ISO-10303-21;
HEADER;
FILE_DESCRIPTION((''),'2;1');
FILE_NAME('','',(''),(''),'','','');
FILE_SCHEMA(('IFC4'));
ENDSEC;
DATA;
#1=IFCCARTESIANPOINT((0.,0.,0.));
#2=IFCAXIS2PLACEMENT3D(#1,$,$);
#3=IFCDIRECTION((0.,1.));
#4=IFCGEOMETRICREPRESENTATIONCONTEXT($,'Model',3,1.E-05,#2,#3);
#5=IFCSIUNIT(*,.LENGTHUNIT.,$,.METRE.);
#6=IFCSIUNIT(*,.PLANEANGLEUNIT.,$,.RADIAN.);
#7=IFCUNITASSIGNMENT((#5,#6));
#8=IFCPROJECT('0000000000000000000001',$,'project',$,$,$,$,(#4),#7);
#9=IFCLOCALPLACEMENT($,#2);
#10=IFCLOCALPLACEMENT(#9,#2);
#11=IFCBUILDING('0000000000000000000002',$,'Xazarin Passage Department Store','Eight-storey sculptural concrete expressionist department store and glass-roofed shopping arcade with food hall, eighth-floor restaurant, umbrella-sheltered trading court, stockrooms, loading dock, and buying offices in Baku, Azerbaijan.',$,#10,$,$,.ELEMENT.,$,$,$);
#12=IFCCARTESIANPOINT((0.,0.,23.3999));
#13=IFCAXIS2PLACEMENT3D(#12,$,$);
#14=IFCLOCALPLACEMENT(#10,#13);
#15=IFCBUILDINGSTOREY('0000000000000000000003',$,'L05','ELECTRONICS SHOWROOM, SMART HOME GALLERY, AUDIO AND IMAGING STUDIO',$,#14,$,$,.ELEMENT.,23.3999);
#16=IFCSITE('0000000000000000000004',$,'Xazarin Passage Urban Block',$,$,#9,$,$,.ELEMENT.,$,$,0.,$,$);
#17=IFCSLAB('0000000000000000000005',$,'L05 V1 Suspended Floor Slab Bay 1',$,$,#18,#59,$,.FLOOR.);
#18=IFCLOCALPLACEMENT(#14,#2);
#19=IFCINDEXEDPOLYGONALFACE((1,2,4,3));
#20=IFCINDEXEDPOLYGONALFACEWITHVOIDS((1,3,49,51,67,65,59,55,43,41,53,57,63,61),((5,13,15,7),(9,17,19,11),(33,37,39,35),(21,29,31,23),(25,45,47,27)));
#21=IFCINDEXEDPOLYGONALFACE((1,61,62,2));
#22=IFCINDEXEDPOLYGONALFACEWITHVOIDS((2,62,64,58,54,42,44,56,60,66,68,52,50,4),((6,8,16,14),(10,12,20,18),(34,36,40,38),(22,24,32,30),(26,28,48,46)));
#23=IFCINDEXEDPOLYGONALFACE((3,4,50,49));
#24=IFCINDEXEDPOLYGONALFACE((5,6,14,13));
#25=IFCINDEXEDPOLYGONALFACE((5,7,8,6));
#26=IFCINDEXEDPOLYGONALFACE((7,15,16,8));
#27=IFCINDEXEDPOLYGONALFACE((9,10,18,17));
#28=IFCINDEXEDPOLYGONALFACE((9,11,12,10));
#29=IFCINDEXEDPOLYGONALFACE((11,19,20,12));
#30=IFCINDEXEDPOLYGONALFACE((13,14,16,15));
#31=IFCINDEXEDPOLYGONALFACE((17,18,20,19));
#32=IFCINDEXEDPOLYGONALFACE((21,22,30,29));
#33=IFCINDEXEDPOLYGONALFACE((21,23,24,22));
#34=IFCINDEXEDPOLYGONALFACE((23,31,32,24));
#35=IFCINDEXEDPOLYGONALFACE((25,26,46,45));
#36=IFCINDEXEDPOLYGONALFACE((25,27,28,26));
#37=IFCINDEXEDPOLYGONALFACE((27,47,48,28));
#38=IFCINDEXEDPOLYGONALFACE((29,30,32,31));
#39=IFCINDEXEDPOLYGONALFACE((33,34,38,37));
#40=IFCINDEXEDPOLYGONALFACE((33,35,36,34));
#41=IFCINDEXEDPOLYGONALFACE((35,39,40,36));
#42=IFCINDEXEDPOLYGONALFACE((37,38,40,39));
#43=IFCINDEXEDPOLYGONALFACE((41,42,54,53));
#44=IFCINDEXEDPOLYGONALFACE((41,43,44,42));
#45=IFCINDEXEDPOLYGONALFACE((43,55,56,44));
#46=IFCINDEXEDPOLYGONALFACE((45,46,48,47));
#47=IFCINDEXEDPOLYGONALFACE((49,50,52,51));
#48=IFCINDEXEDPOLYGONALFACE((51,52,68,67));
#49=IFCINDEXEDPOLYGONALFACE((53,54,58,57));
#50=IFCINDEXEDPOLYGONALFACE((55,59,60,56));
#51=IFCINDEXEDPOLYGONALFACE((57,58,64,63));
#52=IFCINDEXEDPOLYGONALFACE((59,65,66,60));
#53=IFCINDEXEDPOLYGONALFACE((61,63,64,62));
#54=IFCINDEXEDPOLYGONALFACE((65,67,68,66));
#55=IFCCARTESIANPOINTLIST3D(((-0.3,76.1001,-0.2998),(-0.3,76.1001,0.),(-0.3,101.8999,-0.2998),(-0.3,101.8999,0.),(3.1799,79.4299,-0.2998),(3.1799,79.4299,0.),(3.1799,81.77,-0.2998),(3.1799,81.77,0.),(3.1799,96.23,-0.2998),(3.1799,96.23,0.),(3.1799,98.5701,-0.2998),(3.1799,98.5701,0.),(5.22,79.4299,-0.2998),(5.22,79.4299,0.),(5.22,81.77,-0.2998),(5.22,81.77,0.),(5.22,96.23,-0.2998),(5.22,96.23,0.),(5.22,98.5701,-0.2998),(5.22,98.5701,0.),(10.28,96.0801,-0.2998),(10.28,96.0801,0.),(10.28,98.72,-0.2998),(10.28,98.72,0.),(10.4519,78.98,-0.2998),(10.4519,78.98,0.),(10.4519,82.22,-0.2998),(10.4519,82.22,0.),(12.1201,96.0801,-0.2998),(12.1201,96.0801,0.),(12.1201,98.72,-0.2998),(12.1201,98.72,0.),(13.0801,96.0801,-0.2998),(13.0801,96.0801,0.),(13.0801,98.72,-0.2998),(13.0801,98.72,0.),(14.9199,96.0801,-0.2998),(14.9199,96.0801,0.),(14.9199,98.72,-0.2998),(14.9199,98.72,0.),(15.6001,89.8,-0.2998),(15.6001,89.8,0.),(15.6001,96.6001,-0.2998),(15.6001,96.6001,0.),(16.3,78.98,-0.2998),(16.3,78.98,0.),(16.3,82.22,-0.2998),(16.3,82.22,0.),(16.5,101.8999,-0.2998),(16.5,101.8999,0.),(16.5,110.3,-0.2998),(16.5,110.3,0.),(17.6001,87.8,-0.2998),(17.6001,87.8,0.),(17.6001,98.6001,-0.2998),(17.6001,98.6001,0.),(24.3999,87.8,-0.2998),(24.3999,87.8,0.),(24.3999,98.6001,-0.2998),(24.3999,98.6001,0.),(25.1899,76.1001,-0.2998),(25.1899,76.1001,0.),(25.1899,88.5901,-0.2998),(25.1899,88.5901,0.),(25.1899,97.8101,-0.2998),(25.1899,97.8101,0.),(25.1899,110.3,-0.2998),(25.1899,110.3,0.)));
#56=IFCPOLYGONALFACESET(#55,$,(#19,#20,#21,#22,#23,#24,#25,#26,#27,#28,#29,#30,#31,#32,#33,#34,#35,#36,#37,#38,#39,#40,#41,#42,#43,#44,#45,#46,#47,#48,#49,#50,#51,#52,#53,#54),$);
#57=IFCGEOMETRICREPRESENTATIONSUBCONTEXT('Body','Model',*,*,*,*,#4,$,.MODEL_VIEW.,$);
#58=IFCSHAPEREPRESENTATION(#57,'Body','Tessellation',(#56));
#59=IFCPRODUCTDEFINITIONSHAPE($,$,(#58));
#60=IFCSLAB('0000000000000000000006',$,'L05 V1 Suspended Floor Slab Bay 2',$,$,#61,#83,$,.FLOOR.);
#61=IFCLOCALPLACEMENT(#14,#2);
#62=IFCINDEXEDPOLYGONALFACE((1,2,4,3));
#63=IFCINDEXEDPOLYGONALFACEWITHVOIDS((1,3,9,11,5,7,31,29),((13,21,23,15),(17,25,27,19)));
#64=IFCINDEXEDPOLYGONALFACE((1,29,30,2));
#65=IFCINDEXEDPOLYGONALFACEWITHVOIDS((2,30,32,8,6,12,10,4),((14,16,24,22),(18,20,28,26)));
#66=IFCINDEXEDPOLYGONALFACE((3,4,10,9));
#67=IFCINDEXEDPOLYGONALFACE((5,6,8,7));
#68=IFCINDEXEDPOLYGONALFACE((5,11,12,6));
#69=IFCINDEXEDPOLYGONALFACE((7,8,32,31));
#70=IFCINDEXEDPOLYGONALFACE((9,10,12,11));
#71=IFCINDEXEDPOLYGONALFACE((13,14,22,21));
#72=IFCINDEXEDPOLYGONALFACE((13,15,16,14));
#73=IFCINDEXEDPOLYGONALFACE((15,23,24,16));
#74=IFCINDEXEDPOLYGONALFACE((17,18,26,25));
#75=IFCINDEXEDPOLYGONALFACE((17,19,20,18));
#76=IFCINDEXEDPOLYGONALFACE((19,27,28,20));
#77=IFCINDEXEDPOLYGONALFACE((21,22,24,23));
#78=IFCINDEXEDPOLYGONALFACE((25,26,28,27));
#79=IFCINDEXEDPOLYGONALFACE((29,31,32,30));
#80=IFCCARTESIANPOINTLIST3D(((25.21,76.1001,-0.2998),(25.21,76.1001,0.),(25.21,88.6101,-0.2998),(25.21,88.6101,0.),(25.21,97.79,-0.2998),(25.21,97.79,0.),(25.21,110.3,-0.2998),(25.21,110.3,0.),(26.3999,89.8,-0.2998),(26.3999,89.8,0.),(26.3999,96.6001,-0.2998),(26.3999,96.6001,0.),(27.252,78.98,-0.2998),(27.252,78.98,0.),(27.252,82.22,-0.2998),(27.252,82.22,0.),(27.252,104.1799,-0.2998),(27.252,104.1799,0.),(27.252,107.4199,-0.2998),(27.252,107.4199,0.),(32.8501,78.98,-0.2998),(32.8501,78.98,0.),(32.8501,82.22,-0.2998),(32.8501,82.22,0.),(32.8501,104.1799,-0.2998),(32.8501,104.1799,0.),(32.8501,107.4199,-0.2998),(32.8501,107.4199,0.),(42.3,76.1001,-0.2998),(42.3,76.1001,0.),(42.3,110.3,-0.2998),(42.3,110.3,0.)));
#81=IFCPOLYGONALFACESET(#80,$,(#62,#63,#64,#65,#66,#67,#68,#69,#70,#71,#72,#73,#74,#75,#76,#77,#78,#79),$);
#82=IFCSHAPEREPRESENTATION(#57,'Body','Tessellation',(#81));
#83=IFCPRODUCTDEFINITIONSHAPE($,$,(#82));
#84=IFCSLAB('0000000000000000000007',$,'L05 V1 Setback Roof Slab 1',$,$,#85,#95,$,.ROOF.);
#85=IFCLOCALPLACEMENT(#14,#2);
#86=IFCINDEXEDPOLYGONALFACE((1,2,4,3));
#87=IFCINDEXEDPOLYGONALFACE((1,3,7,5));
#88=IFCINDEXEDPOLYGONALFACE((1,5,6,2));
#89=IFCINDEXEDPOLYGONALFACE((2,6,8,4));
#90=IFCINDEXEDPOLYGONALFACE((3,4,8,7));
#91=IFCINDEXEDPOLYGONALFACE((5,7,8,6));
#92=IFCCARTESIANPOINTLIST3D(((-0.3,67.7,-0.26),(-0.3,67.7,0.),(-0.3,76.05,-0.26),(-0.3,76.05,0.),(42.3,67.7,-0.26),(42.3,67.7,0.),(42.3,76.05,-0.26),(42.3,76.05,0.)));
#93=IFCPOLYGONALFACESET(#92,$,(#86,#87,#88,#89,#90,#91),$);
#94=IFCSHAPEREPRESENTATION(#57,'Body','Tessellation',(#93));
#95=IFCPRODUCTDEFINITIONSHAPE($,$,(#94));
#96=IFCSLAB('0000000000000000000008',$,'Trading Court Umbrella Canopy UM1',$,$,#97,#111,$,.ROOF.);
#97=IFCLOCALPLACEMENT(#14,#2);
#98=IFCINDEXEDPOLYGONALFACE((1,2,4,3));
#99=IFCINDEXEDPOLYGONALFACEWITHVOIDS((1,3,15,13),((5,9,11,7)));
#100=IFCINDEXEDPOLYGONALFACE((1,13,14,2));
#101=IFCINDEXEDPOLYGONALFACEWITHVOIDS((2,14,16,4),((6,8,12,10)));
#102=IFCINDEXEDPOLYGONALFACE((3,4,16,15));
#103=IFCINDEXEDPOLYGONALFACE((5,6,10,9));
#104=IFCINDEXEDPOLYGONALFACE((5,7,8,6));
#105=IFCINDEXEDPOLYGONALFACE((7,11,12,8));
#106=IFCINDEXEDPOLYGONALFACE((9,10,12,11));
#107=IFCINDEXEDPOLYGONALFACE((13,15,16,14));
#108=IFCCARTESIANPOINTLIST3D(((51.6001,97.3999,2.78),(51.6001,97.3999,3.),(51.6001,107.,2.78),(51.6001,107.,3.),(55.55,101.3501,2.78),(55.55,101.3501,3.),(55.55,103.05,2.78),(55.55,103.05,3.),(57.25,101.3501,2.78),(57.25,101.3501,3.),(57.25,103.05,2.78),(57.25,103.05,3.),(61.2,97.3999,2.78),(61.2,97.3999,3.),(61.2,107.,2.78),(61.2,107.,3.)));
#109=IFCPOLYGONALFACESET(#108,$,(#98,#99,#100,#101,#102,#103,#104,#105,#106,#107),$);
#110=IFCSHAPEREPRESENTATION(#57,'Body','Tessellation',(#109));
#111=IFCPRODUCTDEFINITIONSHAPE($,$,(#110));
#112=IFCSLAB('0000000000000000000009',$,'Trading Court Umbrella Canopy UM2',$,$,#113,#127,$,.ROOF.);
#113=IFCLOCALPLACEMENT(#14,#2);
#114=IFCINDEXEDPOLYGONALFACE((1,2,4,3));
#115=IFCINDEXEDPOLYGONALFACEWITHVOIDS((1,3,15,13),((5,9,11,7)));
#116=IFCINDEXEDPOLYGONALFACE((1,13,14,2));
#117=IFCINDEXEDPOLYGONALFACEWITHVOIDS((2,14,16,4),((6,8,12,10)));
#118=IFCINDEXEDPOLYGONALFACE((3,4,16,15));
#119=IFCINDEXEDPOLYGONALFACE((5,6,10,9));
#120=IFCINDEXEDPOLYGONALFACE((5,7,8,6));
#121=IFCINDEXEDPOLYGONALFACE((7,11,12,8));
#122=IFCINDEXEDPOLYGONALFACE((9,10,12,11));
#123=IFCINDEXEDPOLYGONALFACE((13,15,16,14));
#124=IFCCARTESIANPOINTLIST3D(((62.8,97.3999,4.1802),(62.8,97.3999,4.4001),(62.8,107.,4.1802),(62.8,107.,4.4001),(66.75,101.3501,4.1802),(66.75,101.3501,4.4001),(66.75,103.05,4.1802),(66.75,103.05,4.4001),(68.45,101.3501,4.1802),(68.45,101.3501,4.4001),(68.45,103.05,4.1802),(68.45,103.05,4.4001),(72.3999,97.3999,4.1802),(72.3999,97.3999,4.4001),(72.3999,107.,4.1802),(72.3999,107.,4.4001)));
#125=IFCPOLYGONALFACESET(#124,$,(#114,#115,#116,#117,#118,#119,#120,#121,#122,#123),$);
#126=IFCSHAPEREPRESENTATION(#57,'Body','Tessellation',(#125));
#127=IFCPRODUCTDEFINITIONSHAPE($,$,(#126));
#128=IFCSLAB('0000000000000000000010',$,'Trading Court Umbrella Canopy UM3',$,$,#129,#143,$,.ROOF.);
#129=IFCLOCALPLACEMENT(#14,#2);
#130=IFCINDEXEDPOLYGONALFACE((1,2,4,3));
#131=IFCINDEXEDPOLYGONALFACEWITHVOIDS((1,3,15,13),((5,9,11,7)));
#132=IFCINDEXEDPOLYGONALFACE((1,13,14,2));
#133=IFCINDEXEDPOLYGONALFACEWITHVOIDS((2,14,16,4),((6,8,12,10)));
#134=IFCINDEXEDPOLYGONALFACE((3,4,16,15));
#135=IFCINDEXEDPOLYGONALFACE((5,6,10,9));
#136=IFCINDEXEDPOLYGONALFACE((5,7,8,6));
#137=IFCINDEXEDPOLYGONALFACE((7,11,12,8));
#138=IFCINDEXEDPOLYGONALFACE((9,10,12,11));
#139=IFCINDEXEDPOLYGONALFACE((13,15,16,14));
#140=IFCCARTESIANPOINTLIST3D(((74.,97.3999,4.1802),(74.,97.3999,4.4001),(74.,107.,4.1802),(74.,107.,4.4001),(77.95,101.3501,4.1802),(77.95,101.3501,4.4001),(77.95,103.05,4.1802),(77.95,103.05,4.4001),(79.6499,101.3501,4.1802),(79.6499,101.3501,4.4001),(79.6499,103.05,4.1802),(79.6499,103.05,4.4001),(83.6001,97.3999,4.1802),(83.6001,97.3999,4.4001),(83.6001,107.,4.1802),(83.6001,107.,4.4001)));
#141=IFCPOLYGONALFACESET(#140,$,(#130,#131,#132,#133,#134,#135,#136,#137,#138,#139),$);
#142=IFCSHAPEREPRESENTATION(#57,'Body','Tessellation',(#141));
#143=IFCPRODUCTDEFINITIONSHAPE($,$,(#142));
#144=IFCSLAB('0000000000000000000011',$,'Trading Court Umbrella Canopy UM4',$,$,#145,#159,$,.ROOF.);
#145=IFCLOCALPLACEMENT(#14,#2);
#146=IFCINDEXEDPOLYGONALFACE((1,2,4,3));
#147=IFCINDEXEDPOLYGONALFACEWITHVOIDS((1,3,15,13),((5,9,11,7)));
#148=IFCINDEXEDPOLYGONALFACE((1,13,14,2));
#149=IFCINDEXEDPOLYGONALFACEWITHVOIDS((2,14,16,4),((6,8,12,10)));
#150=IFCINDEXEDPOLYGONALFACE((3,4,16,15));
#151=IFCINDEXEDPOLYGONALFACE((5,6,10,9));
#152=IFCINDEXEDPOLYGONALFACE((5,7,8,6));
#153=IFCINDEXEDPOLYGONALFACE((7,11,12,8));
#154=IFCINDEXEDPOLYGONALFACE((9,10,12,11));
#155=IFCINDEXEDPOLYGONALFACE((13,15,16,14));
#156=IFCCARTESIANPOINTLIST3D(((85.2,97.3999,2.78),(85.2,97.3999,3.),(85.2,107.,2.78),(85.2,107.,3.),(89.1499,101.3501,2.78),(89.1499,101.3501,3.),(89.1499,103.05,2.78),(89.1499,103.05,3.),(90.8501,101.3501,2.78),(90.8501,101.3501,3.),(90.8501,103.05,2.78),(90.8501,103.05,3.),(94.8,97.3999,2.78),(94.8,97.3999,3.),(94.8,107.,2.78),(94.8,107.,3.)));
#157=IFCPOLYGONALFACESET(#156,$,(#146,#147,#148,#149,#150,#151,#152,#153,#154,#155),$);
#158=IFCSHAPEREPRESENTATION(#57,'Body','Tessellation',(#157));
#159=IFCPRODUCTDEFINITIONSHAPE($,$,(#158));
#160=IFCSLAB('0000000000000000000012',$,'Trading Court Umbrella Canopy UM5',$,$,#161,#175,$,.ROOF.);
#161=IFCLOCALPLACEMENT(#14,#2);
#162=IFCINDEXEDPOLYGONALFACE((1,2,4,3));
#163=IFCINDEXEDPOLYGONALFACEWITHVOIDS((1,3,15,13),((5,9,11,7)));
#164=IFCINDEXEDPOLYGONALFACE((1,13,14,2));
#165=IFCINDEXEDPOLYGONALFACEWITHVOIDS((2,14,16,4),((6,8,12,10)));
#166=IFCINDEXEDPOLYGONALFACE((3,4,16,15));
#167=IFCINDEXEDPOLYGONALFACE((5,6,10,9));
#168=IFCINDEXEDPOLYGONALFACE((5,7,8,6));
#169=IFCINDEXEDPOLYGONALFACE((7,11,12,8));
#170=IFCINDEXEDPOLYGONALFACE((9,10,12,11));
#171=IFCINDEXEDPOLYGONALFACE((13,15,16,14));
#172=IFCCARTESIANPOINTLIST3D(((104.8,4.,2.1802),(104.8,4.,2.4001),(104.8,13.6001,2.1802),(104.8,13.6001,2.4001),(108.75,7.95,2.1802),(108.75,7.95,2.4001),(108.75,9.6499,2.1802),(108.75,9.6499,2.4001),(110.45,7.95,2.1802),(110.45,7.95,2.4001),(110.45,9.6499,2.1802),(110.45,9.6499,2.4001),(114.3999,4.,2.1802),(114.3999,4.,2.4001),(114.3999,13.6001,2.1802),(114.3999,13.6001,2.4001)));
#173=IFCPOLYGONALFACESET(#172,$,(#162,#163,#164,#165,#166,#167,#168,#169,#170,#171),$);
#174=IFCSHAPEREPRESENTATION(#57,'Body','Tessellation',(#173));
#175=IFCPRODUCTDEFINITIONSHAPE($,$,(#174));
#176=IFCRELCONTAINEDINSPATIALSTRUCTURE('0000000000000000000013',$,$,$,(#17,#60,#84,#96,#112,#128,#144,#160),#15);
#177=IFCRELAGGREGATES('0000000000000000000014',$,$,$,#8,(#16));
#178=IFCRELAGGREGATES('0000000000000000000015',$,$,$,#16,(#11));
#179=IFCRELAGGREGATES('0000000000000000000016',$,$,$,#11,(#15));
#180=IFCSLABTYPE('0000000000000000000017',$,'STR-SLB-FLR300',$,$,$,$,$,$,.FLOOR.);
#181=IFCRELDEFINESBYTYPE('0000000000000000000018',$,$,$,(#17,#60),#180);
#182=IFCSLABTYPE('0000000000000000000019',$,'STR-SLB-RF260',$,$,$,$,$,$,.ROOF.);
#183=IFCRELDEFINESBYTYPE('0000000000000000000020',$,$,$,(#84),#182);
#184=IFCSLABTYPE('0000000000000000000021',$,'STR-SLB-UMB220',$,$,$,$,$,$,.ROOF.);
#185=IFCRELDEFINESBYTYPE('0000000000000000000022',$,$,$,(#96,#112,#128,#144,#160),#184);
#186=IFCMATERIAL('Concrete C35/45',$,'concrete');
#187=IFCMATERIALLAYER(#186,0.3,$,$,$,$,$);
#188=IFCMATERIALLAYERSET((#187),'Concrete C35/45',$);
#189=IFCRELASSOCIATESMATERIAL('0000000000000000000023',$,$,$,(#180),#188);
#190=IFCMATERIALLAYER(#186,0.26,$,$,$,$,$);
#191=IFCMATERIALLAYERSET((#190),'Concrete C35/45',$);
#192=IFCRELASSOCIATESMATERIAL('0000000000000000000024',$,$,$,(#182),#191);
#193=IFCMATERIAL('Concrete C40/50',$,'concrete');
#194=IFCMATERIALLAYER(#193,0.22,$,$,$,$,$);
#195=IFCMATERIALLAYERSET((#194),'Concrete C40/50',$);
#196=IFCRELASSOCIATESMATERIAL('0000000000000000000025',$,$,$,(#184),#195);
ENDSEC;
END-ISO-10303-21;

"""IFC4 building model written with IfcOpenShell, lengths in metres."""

from ifc_helpers import new_model, si_unit, direction, frame, origin, place, context, subcontext, project, spatial, polyline, outline, extrude, material, layer, layer_set, type_object, element, save


model = new_model("IFC4")

# Units and contexts
model_context = context("Model", 3, precision=1e-05, world=origin(), true_north=direction((0.0, 1.0)))
body_context = subcontext(model_context, "Body", "Model", "MODEL_VIEW")
ifc_project = project(units=[si_unit("LENGTHUNIT", "METRE"), si_unit("PLANEANGLEUNIT", "RADIAN")], contexts=[model_context])

# Site, building, storey
site_placement = place(None, origin())
site = spatial("IfcSite", under=ifc_project, at=site_placement, Name="Xazarin Passage Urban Block", CompositionType="ELEMENT", RefElevation=0.0)
building_placement = place(site_placement, origin())
building = spatial("IfcBuilding", under=site, at=building_placement, Name="Xazarin Passage Department Store", Description="Eight-storey sculptural concrete expressionist department store and glass-roofed shopping arcade with food hall, eighth-floor restaurant, umbrella-sheltered trading court, stockrooms, loading dock, and buying offices in Baku, Azerbaijan.", CompositionType="ELEMENT")
storey_placement = place(building_placement, frame((0.0, 0.0, 23.3999)))
storey = spatial("IfcBuildingStorey", under=building, at=storey_placement, Name="L05", Description="ELECTRONICS SHOWROOM, SMART HOME GALLERY, AUDIO AND IMAGING STUDIO", CompositionType="ELEMENT", Elevation=23.3999)

# Slabs
ifc_material_1 = material(Name="Concrete C35/45", Category="concrete")
ifc_layer_1 = layer(ifc_material_1, 0.3)
ifc_layer_set_1 = layer_set([ifc_layer_1], Name="Concrete C35/45")
slab_type_1 = type_object("IfcSlabType", Name="STR-SLB-FLR300", PredefinedType="FLOOR", material=ifc_layer_set_1)
slab_1_placement = place(storey_placement, frame((0.0, 0.0, -0.2998)))
element("IfcSlab", 1, at=slab_1_placement, inside=storey, type_object=slab_type_1, Name="L05 V1 Suspended Floor Slab Bay 1", PredefinedType="FLOOR", context=body_context, shape_type="SweptSolid", body=[
    extrude(outline(polyline([(25.1899, 76.1001), (25.1899, 88.5901), (24.3999, 87.8), (17.6001, 87.8), (15.6001, 89.8), (15.6001, 96.6001), (17.6001, 98.6001), (24.3999, 98.6001), (25.1899, 97.8101), (25.1899, 110.3), (16.5, 110.3), (16.5, 101.8999), (-0.3, 101.8999), (-0.3, 76.1001), (25.1899, 76.1001)]), holes=[polyline([(16.3, 82.22), (16.3, 78.98), (10.4519, 78.98), (10.4519, 82.22), (16.3, 82.22)]), polyline([(13.0801, 98.72), (14.9199, 98.72), (14.9199, 96.0801), (13.0801, 96.0801), (13.0801, 98.72)]), polyline([(10.28, 98.72), (12.1201, 98.72), (12.1201, 96.0801), (10.28, 96.0801), (10.28, 98.72)]), polyline([(3.1799, 81.77), (5.22, 81.77), (5.22, 79.4299), (3.1799, 79.4299), (3.1799, 81.77)]), polyline([(3.1799, 98.5701), (5.22, 98.5701), (5.22, 96.23), (3.1799, 96.23), (3.1799, 98.5701)])]), origin(), (0.0, 0.0, 1.0), 0.2998),
])
slab_2_placement = place(storey_placement, frame((0.0, 0.0, -0.2998)))
element("IfcSlab", 2, at=slab_2_placement, inside=storey, type_object=slab_type_1, Name="L05 V1 Suspended Floor Slab Bay 2", PredefinedType="FLOOR", context=body_context, shape_type="SweptSolid", body=[
    extrude(outline(polyline([(42.3, 76.1001), (42.3, 110.3), (25.21, 110.3), (25.21, 97.79), (26.3999, 96.6001), (26.3999, 89.8), (25.21, 88.6101), (25.21, 76.1001), (42.3, 76.1001)]), holes=[polyline([(32.8501, 82.22), (32.8501, 78.98), (27.252, 78.98), (27.252, 82.22), (32.8501, 82.22)]), polyline([(32.8501, 107.4199), (32.8501, 104.1799), (27.252, 104.1799), (27.252, 107.4199), (32.8501, 107.4199)])]), origin(), (0.0, 0.0, 1.0), 0.2998),
])
ifc_layer_2 = layer(ifc_material_1, 0.26)
ifc_layer_set_2 = layer_set([ifc_layer_2], Name="Concrete C35/45")
slab_type_2 = type_object("IfcSlabType", Name="STR-SLB-RF260", PredefinedType="ROOF", material=ifc_layer_set_2)
slab_3_placement = place(storey_placement, frame((0.0, 0.0, -0.26)))
element("IfcSlab", 3, at=slab_3_placement, inside=storey, type_object=slab_type_2, Name="L05 V1 Setback Roof Slab 1", PredefinedType="ROOF", context=body_context, shape_type="SweptSolid", body=[
    extrude(outline(polyline([(42.3, 76.05), (-0.3, 76.05), (-0.3, 67.7), (42.3, 67.7), (42.3, 76.05)])), origin(), (0.0, 0.0, 1.0), 0.26),
])
ifc_material_2 = material(Name="Concrete C40/50", Category="concrete")
ifc_layer_3 = layer(ifc_material_2, 0.22)
ifc_layer_set_3 = layer_set([ifc_layer_3], Name="Concrete C40/50")
slab_type_3 = type_object("IfcSlabType", Name="STR-SLB-UMB220", PredefinedType="ROOF", material=ifc_layer_set_3)
slab_4_placement = place(storey_placement, frame((0.0, 0.0, 2.78)))
element("IfcSlab", 4, at=slab_4_placement, inside=storey, type_object=slab_type_3, Name="Trading Court Umbrella Canopy UM1", PredefinedType="ROOF", context=body_context, shape_type="SweptSolid", body=[
    extrude(outline(polyline([(51.6001, 97.3999), (61.2, 97.3999), (61.2, 107.0), (51.6001, 107.0), (51.6001, 97.3999)]), holes=[polyline([(55.55, 103.05), (57.25, 103.05), (57.25, 101.3501), (55.55, 101.3501), (55.55, 103.05)])]), origin(), (0.0, 0.0, 1.0), 0.22),
])
slab_5_placement = place(storey_placement, frame((0.0, 0.0, 4.1802)))
element("IfcSlab", 5, at=slab_5_placement, inside=storey, type_object=slab_type_3, Name="Trading Court Umbrella Canopy UM2", PredefinedType="ROOF", context=body_context, shape_type="SweptSolid", body=[
    extrude(outline(polyline([(62.8, 97.3999), (72.3999, 97.3999), (72.3999, 107.0), (62.8, 107.0), (62.8, 97.3999)]), holes=[polyline([(66.75, 103.05), (68.45, 103.05), (68.45, 101.3501), (66.75, 101.3501), (66.75, 103.05)])]), origin(), (0.0, 0.0, 1.0), 0.22),
])
slab_6_placement = place(storey_placement, frame((0.0, 0.0, 4.1802)))
element("IfcSlab", 6, at=slab_6_placement, inside=storey, type_object=slab_type_3, Name="Trading Court Umbrella Canopy UM3", PredefinedType="ROOF", context=body_context, shape_type="SweptSolid", body=[
    extrude(outline(polyline([(74.0, 97.3999), (83.6001, 97.3999), (83.6001, 107.0), (74.0, 107.0), (74.0, 97.3999)]), holes=[polyline([(77.95, 103.05), (79.6499, 103.05), (79.6499, 101.3501), (77.95, 101.3501), (77.95, 103.05)])]), origin(), (0.0, 0.0, 1.0), 0.22),
])
slab_7_placement = place(storey_placement, frame((0.0, 0.0, 2.78)))
element("IfcSlab", 7, at=slab_7_placement, inside=storey, type_object=slab_type_3, Name="Trading Court Umbrella Canopy UM4", PredefinedType="ROOF", context=body_context, shape_type="SweptSolid", body=[
    extrude(outline(polyline([(85.2, 97.3999), (94.8, 97.3999), (94.8, 107.0), (85.2, 107.0), (85.2, 97.3999)]), holes=[polyline([(89.1499, 103.05), (90.8501, 103.05), (90.8501, 101.3501), (89.1499, 101.3501), (89.1499, 103.05)])]), origin(), (0.0, 0.0, 1.0), 0.22),
])
slab_8_placement = place(storey_placement, frame((0.0, 0.0, 2.1802)))
element("IfcSlab", 8, at=slab_8_placement, inside=storey, type_object=slab_type_3, Name="Trading Court Umbrella Canopy UM5", PredefinedType="ROOF", context=body_context, shape_type="SweptSolid", body=[
    extrude(outline(polyline([(104.8, 4.0), (114.3999, 4.0), (114.3999, 13.6001), (104.8, 13.6001), (104.8, 4.0)]), holes=[polyline([(108.75, 9.6499), (110.45, 9.6499), (110.45, 7.95), (108.75, 7.95), (108.75, 9.6499)])]), origin(), (0.0, 0.0, 1.0), 0.22),
])

save(model, "model.ifc")
